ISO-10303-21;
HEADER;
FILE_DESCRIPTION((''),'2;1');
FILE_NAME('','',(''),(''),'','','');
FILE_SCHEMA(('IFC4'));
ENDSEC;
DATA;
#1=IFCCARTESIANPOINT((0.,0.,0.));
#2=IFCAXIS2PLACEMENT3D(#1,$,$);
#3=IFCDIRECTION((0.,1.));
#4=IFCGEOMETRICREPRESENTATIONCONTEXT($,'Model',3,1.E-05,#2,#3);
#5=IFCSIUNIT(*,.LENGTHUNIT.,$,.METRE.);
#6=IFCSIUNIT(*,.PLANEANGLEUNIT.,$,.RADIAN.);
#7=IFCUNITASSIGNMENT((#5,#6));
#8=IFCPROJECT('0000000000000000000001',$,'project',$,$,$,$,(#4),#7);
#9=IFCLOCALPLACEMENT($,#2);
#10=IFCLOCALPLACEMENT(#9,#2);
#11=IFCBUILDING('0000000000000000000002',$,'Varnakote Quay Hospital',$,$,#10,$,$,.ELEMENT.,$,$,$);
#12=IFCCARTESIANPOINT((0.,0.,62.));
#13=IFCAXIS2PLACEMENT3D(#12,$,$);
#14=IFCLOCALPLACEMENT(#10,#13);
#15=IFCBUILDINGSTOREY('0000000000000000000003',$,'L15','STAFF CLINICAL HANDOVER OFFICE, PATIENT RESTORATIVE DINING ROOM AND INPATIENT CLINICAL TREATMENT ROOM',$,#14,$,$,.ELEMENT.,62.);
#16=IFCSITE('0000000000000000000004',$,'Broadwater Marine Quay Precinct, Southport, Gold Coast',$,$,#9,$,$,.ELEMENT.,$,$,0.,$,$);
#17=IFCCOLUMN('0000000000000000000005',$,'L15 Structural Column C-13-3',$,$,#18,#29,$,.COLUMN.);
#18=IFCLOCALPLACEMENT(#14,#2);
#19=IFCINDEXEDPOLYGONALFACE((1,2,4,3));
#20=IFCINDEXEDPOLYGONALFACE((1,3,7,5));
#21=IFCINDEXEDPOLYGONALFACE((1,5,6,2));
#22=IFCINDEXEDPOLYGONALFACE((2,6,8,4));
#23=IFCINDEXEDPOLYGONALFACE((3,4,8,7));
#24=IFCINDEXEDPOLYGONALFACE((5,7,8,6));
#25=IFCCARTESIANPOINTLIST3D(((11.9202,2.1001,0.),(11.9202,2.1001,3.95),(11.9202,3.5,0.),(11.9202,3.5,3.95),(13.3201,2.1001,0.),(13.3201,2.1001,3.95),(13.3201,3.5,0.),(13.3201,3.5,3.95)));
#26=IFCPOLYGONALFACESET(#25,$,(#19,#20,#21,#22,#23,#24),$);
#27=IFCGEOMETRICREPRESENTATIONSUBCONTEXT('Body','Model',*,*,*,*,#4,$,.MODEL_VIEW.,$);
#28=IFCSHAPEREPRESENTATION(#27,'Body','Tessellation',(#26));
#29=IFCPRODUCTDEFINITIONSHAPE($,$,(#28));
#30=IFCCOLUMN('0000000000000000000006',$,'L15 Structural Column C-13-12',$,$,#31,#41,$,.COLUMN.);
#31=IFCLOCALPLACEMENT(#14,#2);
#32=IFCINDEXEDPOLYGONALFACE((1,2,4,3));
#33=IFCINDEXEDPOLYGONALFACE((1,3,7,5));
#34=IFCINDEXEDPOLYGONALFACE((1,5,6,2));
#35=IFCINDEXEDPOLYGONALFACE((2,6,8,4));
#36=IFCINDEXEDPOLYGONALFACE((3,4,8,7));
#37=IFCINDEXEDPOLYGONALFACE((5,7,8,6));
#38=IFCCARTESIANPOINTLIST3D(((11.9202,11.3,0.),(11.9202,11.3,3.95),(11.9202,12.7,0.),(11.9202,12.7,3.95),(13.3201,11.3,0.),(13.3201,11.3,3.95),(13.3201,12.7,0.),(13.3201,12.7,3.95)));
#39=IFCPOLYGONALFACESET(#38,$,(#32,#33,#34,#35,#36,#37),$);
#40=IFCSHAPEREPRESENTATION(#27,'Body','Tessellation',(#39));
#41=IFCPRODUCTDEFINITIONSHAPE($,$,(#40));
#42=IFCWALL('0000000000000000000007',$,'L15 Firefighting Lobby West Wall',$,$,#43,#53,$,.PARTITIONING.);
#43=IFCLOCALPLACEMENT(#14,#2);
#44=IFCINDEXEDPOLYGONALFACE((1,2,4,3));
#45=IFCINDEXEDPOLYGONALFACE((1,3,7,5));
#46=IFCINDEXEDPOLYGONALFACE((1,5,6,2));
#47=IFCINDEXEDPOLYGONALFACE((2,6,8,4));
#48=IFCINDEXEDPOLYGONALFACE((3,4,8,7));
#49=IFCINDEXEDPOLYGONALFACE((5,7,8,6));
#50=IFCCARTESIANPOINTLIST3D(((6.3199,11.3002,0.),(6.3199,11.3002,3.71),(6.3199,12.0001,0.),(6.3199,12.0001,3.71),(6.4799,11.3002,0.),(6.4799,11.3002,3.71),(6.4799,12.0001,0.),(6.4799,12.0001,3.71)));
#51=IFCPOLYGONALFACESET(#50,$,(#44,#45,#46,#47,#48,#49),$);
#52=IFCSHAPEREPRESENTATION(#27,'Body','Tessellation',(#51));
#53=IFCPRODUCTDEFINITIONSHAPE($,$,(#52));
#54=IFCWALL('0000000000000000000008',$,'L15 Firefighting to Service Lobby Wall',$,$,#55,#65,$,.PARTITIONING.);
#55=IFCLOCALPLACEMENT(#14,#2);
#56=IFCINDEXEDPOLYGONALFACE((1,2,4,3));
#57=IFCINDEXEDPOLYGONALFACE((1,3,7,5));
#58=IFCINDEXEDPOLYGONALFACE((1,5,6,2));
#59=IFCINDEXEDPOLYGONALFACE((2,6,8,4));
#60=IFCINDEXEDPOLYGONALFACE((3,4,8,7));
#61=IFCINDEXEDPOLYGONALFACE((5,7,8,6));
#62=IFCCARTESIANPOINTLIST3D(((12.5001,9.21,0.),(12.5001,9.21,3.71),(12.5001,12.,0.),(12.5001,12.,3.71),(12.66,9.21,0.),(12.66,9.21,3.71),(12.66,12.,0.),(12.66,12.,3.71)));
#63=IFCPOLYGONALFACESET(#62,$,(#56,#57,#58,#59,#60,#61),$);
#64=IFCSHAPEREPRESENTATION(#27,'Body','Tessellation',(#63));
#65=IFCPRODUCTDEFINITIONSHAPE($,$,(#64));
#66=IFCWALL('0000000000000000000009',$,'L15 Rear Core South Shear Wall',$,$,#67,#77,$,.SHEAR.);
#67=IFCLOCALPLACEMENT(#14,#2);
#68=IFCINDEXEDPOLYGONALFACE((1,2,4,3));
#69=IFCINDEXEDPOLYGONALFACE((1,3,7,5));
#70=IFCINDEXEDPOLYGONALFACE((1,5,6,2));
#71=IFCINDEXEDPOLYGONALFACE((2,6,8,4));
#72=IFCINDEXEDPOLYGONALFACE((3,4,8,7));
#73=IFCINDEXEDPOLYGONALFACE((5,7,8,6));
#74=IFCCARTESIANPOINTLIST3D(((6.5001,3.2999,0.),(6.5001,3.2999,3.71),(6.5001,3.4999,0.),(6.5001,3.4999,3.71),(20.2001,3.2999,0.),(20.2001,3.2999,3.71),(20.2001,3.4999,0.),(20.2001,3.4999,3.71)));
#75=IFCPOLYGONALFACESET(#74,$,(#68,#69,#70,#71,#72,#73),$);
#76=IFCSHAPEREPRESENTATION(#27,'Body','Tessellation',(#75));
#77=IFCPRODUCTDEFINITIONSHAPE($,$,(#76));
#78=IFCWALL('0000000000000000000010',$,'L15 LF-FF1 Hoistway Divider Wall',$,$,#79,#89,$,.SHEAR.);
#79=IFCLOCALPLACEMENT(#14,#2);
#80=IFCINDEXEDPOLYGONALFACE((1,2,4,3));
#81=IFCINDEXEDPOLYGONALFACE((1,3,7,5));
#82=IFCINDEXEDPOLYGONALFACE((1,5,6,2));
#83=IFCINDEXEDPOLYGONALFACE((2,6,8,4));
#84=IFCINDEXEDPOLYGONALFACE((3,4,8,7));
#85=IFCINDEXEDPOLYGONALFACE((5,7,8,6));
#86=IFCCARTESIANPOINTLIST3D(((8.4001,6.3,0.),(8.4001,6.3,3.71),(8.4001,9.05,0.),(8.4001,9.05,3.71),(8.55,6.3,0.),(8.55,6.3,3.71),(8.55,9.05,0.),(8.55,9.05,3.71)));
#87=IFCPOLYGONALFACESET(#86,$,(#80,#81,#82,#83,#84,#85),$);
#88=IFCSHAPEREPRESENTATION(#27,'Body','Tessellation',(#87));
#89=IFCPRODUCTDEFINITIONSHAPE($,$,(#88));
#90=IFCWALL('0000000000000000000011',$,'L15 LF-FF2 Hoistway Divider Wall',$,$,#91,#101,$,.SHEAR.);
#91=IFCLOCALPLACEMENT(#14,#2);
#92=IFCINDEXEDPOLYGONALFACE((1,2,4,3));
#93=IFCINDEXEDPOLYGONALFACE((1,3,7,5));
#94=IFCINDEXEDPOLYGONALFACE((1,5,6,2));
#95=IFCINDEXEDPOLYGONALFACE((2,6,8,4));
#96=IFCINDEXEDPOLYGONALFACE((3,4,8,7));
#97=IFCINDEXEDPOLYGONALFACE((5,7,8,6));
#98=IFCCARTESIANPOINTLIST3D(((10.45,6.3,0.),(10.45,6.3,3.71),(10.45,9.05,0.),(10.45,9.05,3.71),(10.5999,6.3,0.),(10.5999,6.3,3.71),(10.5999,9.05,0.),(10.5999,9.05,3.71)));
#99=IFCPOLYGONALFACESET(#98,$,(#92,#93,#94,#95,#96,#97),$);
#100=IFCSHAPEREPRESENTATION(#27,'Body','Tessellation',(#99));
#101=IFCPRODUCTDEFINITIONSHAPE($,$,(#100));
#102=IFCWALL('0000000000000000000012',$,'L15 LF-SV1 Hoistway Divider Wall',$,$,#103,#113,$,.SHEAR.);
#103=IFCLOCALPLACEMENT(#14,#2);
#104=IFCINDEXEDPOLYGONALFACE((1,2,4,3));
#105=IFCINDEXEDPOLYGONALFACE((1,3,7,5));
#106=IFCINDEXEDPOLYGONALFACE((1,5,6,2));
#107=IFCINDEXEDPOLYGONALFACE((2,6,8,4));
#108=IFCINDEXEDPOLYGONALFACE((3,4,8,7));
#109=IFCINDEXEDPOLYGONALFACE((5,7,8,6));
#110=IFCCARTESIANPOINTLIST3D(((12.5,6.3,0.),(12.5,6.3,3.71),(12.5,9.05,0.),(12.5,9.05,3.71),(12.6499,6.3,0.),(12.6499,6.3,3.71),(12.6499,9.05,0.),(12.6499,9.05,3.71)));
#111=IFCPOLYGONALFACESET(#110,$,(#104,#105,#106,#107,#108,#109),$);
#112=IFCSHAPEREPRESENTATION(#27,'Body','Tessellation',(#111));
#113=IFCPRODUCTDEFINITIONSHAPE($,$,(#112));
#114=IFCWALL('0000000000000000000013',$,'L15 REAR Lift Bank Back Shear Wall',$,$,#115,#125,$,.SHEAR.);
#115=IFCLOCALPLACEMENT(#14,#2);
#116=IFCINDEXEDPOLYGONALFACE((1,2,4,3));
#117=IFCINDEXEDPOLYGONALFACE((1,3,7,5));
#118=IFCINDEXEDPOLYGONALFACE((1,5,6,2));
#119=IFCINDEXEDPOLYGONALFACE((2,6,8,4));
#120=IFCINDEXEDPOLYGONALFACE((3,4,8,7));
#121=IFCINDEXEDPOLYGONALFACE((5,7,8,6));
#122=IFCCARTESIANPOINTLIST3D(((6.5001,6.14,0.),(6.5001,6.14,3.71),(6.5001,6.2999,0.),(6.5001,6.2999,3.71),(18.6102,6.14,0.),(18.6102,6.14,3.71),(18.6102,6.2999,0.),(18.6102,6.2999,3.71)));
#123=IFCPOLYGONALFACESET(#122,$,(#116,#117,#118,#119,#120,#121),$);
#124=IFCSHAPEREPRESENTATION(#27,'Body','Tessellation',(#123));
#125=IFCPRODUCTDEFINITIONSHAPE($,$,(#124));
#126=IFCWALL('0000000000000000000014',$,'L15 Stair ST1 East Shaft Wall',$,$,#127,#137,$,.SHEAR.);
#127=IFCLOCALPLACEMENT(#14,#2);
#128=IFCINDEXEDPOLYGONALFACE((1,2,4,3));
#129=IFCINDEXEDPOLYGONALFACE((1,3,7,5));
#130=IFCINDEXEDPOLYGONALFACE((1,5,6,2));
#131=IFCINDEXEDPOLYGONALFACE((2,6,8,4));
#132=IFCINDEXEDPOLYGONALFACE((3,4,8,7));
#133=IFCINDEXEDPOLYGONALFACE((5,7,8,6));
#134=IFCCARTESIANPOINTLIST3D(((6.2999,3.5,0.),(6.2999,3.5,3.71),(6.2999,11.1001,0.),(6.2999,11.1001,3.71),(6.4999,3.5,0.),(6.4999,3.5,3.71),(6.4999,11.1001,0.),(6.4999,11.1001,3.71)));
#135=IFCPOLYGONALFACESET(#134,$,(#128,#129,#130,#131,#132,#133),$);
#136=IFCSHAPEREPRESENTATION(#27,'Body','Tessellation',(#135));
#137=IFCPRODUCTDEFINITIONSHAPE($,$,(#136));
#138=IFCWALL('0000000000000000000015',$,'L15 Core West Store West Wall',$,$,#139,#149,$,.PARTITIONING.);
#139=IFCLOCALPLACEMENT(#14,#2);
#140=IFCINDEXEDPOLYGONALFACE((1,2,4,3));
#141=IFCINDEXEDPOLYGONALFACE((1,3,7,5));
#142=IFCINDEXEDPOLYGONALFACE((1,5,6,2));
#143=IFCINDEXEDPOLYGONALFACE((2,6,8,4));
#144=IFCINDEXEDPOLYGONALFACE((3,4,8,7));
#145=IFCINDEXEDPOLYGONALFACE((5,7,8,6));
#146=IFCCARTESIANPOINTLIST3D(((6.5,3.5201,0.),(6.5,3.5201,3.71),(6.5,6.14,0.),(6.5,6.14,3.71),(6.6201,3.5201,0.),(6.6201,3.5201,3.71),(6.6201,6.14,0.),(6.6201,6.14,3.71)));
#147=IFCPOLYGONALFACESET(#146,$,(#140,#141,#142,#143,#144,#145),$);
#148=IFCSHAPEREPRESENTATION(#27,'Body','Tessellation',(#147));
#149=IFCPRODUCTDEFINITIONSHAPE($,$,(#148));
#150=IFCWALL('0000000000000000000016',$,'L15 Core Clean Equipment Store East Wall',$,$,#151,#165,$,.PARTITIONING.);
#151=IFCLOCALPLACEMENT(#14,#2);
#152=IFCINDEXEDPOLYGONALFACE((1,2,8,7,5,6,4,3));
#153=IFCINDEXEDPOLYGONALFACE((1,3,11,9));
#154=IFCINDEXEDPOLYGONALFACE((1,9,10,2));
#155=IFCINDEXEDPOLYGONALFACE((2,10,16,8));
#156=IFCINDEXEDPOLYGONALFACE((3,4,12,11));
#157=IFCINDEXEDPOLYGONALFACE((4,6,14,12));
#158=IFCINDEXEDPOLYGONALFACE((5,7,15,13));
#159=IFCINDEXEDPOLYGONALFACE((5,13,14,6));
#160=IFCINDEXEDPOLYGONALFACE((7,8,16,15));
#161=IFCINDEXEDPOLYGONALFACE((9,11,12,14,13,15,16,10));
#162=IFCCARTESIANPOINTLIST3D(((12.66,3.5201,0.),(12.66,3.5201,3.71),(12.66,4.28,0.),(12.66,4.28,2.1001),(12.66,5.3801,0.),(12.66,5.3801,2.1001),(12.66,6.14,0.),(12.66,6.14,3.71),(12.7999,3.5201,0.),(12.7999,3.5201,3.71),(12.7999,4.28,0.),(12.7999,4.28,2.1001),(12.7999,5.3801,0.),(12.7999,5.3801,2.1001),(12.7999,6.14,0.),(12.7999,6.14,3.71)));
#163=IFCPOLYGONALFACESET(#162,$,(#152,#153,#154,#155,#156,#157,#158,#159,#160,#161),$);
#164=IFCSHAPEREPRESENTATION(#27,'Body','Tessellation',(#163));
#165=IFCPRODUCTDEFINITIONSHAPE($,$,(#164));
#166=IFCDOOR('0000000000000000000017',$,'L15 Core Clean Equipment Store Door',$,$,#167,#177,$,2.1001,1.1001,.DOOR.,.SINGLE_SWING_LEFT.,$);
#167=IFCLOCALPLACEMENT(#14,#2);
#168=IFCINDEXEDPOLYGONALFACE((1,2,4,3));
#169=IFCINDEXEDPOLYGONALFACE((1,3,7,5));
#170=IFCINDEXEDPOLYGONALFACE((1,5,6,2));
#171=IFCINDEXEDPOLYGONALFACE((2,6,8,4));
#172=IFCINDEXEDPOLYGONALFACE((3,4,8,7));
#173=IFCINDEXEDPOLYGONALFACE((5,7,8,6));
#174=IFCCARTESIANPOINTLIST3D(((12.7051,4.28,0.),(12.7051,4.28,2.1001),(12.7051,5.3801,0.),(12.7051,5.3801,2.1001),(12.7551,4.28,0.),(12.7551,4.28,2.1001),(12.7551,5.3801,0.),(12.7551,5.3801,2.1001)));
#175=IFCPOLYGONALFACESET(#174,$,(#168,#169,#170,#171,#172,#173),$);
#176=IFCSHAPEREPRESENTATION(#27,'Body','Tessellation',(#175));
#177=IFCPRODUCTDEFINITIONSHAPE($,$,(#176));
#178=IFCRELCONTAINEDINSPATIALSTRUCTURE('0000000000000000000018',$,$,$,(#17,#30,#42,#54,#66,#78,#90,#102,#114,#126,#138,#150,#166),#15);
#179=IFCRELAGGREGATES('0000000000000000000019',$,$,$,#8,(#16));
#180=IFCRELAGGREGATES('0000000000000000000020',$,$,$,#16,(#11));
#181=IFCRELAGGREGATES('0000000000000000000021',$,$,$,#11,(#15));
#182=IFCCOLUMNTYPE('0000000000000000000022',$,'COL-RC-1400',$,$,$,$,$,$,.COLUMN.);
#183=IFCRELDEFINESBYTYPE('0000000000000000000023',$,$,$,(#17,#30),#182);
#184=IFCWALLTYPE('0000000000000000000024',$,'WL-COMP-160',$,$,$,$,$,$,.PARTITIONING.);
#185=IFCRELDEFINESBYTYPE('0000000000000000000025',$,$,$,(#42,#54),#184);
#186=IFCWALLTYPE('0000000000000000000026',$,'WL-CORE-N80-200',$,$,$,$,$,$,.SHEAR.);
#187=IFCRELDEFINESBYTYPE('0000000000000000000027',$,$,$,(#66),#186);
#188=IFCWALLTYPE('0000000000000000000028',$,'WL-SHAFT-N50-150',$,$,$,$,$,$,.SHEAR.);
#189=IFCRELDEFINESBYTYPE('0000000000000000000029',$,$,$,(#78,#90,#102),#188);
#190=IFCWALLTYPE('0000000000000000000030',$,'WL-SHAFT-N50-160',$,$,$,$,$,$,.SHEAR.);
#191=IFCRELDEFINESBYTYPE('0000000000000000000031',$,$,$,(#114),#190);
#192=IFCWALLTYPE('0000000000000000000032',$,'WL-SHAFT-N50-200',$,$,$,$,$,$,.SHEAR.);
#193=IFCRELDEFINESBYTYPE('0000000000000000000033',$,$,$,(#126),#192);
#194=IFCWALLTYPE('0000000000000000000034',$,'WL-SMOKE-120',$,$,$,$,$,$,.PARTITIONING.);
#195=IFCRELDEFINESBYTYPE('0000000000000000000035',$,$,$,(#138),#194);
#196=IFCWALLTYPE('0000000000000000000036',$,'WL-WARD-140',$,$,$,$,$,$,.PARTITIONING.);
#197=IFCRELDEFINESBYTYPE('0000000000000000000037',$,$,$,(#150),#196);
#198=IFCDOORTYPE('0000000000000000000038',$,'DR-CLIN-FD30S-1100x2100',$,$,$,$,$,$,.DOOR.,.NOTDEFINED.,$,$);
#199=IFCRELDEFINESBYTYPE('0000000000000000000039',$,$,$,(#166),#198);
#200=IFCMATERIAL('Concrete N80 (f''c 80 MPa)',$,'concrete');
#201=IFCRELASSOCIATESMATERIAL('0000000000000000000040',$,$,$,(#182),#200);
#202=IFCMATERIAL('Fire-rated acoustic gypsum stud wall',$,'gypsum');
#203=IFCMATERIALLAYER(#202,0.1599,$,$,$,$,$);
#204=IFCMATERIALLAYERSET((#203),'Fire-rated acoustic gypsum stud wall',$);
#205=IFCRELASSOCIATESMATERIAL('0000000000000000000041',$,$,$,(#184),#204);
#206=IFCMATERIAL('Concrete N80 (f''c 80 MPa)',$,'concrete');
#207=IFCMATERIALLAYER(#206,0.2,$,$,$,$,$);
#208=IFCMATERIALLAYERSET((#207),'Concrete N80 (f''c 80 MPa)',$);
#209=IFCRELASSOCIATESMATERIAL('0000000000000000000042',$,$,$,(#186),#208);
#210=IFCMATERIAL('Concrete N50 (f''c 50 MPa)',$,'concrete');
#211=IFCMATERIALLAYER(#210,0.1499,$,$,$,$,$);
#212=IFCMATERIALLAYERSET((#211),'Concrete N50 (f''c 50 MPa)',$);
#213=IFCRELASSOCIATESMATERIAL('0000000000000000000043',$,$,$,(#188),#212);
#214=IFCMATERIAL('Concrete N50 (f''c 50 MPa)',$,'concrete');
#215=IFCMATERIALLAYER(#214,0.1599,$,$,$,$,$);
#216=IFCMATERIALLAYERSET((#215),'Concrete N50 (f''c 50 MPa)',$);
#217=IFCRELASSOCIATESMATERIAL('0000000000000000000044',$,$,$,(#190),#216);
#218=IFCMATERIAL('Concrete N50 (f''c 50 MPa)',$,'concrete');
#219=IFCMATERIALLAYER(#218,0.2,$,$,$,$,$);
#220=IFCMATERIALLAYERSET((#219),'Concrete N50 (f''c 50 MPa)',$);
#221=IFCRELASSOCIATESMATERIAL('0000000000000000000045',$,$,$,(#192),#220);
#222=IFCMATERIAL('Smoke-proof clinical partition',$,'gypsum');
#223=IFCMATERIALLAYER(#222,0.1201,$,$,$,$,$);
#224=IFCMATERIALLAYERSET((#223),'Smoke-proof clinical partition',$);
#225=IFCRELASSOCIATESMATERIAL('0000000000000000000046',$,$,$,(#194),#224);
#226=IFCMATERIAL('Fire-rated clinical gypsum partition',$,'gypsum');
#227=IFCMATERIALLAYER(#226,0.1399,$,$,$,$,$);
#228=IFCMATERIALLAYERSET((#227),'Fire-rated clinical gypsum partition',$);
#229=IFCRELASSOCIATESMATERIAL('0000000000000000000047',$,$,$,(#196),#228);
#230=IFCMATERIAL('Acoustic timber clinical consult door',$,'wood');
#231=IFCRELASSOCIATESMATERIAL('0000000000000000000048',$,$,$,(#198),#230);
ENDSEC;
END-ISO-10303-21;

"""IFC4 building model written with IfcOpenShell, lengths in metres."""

from ifc_helpers import new_model, si_unit, direction, frame, frame_2d, origin, origin_2d, place, context, subcontext, project, spatial, rectangle, extrude, material, layer, layer_set, material_profile, profile_set, type_object, element, fill, save


model = new_model("IFC4")

# Units and contexts
model_context = context("Model", 3, precision=1e-05, world=origin(), true_north=direction((0.0, 1.0)))
body_context = subcontext(model_context, "Body", "Model", "MODEL_VIEW")
ifc_project = project(units=[si_unit("LENGTHUNIT", "METRE"), si_unit("PLANEANGLEUNIT", "RADIAN")], contexts=[model_context])

# Site, building, storey
site_placement = place(None, origin())
site = spatial("IfcSite", under=ifc_project, at=site_placement, Name="Broadwater Marine Quay Precinct, Southport, Gold Coast", CompositionType="ELEMENT", RefElevation=0.0)
building_placement = place(site_placement, origin())
building = spatial("IfcBuilding", under=site, at=building_placement, Name="Varnakote Quay Hospital", CompositionType="ELEMENT")
storey_placement = place(building_placement, frame((0.0, 0.0, 62.0)))
storey = spatial("IfcBuildingStorey", under=building, at=storey_placement, Name="L15", Description="STAFF CLINICAL HANDOVER OFFICE, PATIENT RESTORATIVE DINING ROOM AND INPATIENT CLINICAL TREATMENT ROOM", CompositionType="ELEMENT", Elevation=62.0)

# Columns
ifc_material_1 = material(Name="Concrete N80 (f'c 80 MPa)", Category="concrete")
ifc_material_profile = material_profile(ifc_material_1, rectangle(XDim=1.3999, YDim=1.3999, at=origin_2d()), Name="RC-COL-1400x1400")
ifc_profile_set = profile_set([ifc_material_profile], Name="Concrete N80 (f'c 80 MPa)")
column_type = type_object("IfcColumnType", Name="COL-RC-1400", PredefinedType="COLUMN", material=ifc_profile_set)
for number, where, z_axis, x_axis, name in (
    (1, (12.6201, 2.8, 0.0), (0.0, 0.0, 1.0), (1.0, 0.0, 0.0), "L15 Structural Column C-13-3"),
    (2, (12.6201, 12.0, 0.0), (0.0, 0.0, 1.0), (1.0, 0.0, 0.0), "L15 Structural Column C-13-12"),
):
    element("IfcColumn", number, at=place(storey_placement, frame(where, z_axis=z_axis, x_axis=x_axis)), inside=storey, type_object=column_type, Name=name, PredefinedType="COLUMN", context=body_context, shape_type="SweptSolid", body=[
        extrude(rectangle(XDim=1.3999, YDim=1.3999, at=origin_2d()), origin(), (0.0, 0.0, 1.0), 3.95),
    ])

# Walls
ifc_material_2 = material(Name="Fire-rated acoustic gypsum stud wall", Category="gypsum")
ifc_layer_1 = layer(ifc_material_2, 0.1599)
ifc_layer_set_1 = layer_set([ifc_layer_1], Name="Fire-rated acoustic gypsum stud wall")
wall_type_1 = type_object("IfcWallType", Name="WL-COMP-160", PredefinedType="PARTITIONING", material=ifc_layer_set_1)
wall_1_placement = place(storey_placement, frame((6.3999, 11.3, 0.0), z_axis=(0.0, 0.0, 1.0), x_axis=(0.0, 1.0, 0.0)))
element("IfcWall", 3, at=wall_1_placement, inside=storey, type_object=wall_type_1, Name="L15 Firefighting Lobby West Wall", PredefinedType="PARTITIONING", context=body_context, shape_type="SweptSolid", body=[
    extrude(rectangle(XDim=0.7, YDim=0.1599, at=frame_2d((0.3501, 0.0))), origin(), (0.0, 0.0, 1.0), 3.71),
])
wall_2_placement = place(storey_placement, frame((12.5801, 9.21, 0.0), z_axis=(0.0, 0.0, 1.0), x_axis=(0.0, 1.0, 0.0)))
element("IfcWall", 4, at=wall_2_placement, inside=storey, type_object=wall_type_1, Name="L15 Firefighting to Service Lobby Wall", PredefinedType="PARTITIONING", context=body_context, shape_type="SweptSolid", body=[
    extrude(rectangle(XDim=2.79, YDim=0.1599, at=frame_2d((1.395, 0.0))), origin(), (0.0, 0.0, 1.0), 3.71),
])
ifc_material_3 = material(Name="Concrete N80 (f'c 80 MPa)", Category="concrete")
ifc_layer_2 = layer(ifc_material_3, 0.2)
ifc_layer_set_2 = layer_set([ifc_layer_2], Name="Concrete N80 (f'c 80 MPa)")
wall_type_2 = type_object("IfcWallType", Name="WL-CORE-N80-200", PredefinedType="SHEAR", material=ifc_layer_set_2)
wall_3_placement = place(storey_placement, frame((6.5, 3.3999, 0.0), z_axis=(0.0, 0.0, 1.0), x_axis=(1.0, 0.0, 0.0)))
element("IfcWall", 5, at=wall_3_placement, inside=storey, type_object=wall_type_2, Name="L15 Rear Core South Shear Wall", PredefinedType="SHEAR", context=body_context, shape_type="SweptSolid", body=[
    extrude(rectangle(XDim=13.7, YDim=0.2, at=frame_2d((6.8501, 0.0))), origin(), (0.0, 0.0, 1.0), 3.71),
])
ifc_material_4 = material(Name="Concrete N50 (f'c 50 MPa)", Category="concrete")
ifc_layer_3 = layer(ifc_material_4, 0.1499)
ifc_layer_set_3 = layer_set([ifc_layer_3], Name="Concrete N50 (f'c 50 MPa)")
wall_type_3 = type_object("IfcWallType", Name="WL-SHAFT-N50-150", PredefinedType="SHEAR", material=ifc_layer_set_3)
for number, where, z_axis, x_axis, name in (
    (6, (8.4751, 6.3, 0.0), (0.0, 0.0, 1.0), (0.0, 1.0, 0.0), "L15 LF-FF1 Hoistway Divider Wall"),
    (7, (10.5249, 6.3, 0.0), (0.0, 0.0, 1.0), (0.0, 1.0, 0.0), "L15 LF-FF2 Hoistway Divider Wall"),
    (8, (12.575, 6.3, 0.0), (0.0, 0.0, 1.0), (0.0, 1.0, 0.0), "L15 LF-SV1 Hoistway Divider Wall"),
):
    element("IfcWall", number, at=place(storey_placement, frame(where, z_axis=z_axis, x_axis=x_axis)), inside=storey, type_object=wall_type_3, Name=name, PredefinedType="SHEAR", context=body_context, shape_type="SweptSolid", body=[
        extrude(rectangle(XDim=2.75, YDim=0.1499, at=frame_2d((1.375, 0.0))), origin(), (0.0, 0.0, 1.0), 3.71),
    ])
ifc_material_5 = material(Name="Concrete N50 (f'c 50 MPa)", Category="concrete")
ifc_layer_4 = layer(ifc_material_5, 0.1599)
ifc_layer_set_4 = layer_set([ifc_layer_4], Name="Concrete N50 (f'c 50 MPa)")
wall_type_4 = type_object("IfcWallType", Name="WL-SHAFT-N50-160", PredefinedType="SHEAR", material=ifc_layer_set_4)
wall_4_placement = place(storey_placement, frame((6.5, 6.22, 0.0), z_axis=(0.0, 0.0, 1.0), x_axis=(1.0, 0.0, 0.0)))
element("IfcWall", 9, at=wall_4_placement, inside=storey, type_object=wall_type_4, Name="L15 REAR Lift Bank Back Shear Wall", PredefinedType="SHEAR", context=body_context, shape_type="SweptSolid", body=[
    extrude(rectangle(XDim=12.1101, YDim=0.1599, at=frame_2d((6.0552, 0.0))), origin(), (0.0, 0.0, 1.0), 3.71),
])

# Walls
ifc_material_6 = material(Name="Concrete N50 (f'c 50 MPa)", Category="concrete")
ifc_layer_5 = layer(ifc_material_6, 0.2)
ifc_layer_set_5 = layer_set([ifc_layer_5], Name="Concrete N50 (f'c 50 MPa)")
wall_type_5 = type_object("IfcWallType", Name="WL-SHAFT-N50-200", PredefinedType="SHEAR", material=ifc_layer_set_5)
wall_5_placement = place(storey_placement, frame((6.3999, 3.5, 0.0), z_axis=(0.0, 0.0, 1.0), x_axis=(0.0, 1.0, 0.0)))
element("IfcWall", 10, at=wall_5_placement, inside=storey, type_object=wall_type_5, Name="L15 Stair ST1 East Shaft Wall", PredefinedType="SHEAR", context=body_context, shape_type="SweptSolid", body=[
    extrude(rectangle(XDim=7.6001, YDim=0.2, at=frame_2d((3.8, 0.0))), origin(), (0.0, 0.0, 1.0), 3.71),
])
ifc_material_7 = material(Name="Smoke-proof clinical partition", Category="gypsum")
ifc_layer_6 = layer(ifc_material_7, 0.1201)
ifc_layer_set_6 = layer_set([ifc_layer_6], Name="Smoke-proof clinical partition")
wall_type_6 = type_object("IfcWallType", Name="WL-SMOKE-120", PredefinedType="PARTITIONING", material=ifc_layer_set_6)
wall_6_placement = place(storey_placement, frame((6.5601, 3.52, 0.0), z_axis=(0.0, 0.0, 1.0), x_axis=(0.0, 1.0, 0.0)))
element("IfcWall", 11, at=wall_6_placement, inside=storey, type_object=wall_type_6, Name="L15 Core West Store West Wall", PredefinedType="PARTITIONING", context=body_context, shape_type="SweptSolid", body=[
    extrude(rectangle(XDim=2.6199, YDim=0.1201, at=frame_2d((1.3101, 0.0))), origin(), (0.0, 0.0, 1.0), 3.71),
])

# Wall, opening, door
ifc_material_8 = material(Name="Fire-rated clinical gypsum partition", Category="gypsum")
ifc_layer_7 = layer(ifc_material_8, 0.1399)
ifc_layer_set_7 = layer_set([ifc_layer_7], Name="Fire-rated clinical gypsum partition")
wall_type_7 = type_object("IfcWallType", Name="WL-WARD-140", PredefinedType="PARTITIONING", material=ifc_layer_set_7)
wall_7_placement = place(storey_placement, frame((12.73, 3.52, 0.0), z_axis=(0.0, 0.0, 1.0), x_axis=(0.0, 1.0, 0.0)))
wall_7 = element("IfcWall", 12, at=wall_7_placement, inside=storey, type_object=wall_type_7, Name="L15 Core Clean Equipment Store East Wall", PredefinedType="PARTITIONING", context=body_context, shape_type="SweptSolid", body=[
    extrude(rectangle(XDim=2.6199, YDim=0.1399, at=frame_2d((1.3101, 0.0))), origin(), (0.0, 0.0, 1.0), 3.71),
])
opening_1_placement = place(wall_7_placement, frame((0.76, 0.0, 0.0)))
opening_1 = element("IfcOpeningElement", 13, at=opening_1_placement, cuts=wall_7, PredefinedType="OPENING", context=body_context, shape_type="SweptSolid", body=[
    extrude(rectangle(XDim=1.1001, YDim=2.1001, at=frame_2d((0.55, 1.05))), frame((0.0, 0.0798, 0.0), z_axis=(0.0, -1.0, 0.0), x_axis=(1.0, 0.0, 0.0)), (0.0, 0.0, 1.0), 0.1599),
])
ifc_material_9 = material(Name="Acoustic timber clinical consult door", Category="wood")
door_type_1 = type_object("IfcDoorType", Name="DR-CLIN-FD30S-1100x2100", OperationType="NOTDEFINED", PredefinedType="DOOR", material=ifc_material_9)
door_1_placement = place(opening_1_placement, origin())
door_1 = element("IfcDoor", 14, at=door_1_placement, inside=storey, type_object=door_type_1, Name="L15 Core Clean Equipment Store Door", OperationType="SINGLE_SWING_LEFT", OverallHeight=2.1001, OverallWidth=1.1001, PredefinedType="DOOR", context=body_context, shape_type="SweptSolid", body=[
    extrude(rectangle(XDim=1.1001, YDim=2.1001, at=frame_2d((0.55, 1.05))), frame((0.0, 0.0249, 0.0), z_axis=(0.0, -1.0, 0.0), x_axis=(1.0, 0.0, 0.0)), (0.0, 0.0, 1.0), 0.05),
])
fill(opening_1, door_1)

save(model, "model.ifc")
